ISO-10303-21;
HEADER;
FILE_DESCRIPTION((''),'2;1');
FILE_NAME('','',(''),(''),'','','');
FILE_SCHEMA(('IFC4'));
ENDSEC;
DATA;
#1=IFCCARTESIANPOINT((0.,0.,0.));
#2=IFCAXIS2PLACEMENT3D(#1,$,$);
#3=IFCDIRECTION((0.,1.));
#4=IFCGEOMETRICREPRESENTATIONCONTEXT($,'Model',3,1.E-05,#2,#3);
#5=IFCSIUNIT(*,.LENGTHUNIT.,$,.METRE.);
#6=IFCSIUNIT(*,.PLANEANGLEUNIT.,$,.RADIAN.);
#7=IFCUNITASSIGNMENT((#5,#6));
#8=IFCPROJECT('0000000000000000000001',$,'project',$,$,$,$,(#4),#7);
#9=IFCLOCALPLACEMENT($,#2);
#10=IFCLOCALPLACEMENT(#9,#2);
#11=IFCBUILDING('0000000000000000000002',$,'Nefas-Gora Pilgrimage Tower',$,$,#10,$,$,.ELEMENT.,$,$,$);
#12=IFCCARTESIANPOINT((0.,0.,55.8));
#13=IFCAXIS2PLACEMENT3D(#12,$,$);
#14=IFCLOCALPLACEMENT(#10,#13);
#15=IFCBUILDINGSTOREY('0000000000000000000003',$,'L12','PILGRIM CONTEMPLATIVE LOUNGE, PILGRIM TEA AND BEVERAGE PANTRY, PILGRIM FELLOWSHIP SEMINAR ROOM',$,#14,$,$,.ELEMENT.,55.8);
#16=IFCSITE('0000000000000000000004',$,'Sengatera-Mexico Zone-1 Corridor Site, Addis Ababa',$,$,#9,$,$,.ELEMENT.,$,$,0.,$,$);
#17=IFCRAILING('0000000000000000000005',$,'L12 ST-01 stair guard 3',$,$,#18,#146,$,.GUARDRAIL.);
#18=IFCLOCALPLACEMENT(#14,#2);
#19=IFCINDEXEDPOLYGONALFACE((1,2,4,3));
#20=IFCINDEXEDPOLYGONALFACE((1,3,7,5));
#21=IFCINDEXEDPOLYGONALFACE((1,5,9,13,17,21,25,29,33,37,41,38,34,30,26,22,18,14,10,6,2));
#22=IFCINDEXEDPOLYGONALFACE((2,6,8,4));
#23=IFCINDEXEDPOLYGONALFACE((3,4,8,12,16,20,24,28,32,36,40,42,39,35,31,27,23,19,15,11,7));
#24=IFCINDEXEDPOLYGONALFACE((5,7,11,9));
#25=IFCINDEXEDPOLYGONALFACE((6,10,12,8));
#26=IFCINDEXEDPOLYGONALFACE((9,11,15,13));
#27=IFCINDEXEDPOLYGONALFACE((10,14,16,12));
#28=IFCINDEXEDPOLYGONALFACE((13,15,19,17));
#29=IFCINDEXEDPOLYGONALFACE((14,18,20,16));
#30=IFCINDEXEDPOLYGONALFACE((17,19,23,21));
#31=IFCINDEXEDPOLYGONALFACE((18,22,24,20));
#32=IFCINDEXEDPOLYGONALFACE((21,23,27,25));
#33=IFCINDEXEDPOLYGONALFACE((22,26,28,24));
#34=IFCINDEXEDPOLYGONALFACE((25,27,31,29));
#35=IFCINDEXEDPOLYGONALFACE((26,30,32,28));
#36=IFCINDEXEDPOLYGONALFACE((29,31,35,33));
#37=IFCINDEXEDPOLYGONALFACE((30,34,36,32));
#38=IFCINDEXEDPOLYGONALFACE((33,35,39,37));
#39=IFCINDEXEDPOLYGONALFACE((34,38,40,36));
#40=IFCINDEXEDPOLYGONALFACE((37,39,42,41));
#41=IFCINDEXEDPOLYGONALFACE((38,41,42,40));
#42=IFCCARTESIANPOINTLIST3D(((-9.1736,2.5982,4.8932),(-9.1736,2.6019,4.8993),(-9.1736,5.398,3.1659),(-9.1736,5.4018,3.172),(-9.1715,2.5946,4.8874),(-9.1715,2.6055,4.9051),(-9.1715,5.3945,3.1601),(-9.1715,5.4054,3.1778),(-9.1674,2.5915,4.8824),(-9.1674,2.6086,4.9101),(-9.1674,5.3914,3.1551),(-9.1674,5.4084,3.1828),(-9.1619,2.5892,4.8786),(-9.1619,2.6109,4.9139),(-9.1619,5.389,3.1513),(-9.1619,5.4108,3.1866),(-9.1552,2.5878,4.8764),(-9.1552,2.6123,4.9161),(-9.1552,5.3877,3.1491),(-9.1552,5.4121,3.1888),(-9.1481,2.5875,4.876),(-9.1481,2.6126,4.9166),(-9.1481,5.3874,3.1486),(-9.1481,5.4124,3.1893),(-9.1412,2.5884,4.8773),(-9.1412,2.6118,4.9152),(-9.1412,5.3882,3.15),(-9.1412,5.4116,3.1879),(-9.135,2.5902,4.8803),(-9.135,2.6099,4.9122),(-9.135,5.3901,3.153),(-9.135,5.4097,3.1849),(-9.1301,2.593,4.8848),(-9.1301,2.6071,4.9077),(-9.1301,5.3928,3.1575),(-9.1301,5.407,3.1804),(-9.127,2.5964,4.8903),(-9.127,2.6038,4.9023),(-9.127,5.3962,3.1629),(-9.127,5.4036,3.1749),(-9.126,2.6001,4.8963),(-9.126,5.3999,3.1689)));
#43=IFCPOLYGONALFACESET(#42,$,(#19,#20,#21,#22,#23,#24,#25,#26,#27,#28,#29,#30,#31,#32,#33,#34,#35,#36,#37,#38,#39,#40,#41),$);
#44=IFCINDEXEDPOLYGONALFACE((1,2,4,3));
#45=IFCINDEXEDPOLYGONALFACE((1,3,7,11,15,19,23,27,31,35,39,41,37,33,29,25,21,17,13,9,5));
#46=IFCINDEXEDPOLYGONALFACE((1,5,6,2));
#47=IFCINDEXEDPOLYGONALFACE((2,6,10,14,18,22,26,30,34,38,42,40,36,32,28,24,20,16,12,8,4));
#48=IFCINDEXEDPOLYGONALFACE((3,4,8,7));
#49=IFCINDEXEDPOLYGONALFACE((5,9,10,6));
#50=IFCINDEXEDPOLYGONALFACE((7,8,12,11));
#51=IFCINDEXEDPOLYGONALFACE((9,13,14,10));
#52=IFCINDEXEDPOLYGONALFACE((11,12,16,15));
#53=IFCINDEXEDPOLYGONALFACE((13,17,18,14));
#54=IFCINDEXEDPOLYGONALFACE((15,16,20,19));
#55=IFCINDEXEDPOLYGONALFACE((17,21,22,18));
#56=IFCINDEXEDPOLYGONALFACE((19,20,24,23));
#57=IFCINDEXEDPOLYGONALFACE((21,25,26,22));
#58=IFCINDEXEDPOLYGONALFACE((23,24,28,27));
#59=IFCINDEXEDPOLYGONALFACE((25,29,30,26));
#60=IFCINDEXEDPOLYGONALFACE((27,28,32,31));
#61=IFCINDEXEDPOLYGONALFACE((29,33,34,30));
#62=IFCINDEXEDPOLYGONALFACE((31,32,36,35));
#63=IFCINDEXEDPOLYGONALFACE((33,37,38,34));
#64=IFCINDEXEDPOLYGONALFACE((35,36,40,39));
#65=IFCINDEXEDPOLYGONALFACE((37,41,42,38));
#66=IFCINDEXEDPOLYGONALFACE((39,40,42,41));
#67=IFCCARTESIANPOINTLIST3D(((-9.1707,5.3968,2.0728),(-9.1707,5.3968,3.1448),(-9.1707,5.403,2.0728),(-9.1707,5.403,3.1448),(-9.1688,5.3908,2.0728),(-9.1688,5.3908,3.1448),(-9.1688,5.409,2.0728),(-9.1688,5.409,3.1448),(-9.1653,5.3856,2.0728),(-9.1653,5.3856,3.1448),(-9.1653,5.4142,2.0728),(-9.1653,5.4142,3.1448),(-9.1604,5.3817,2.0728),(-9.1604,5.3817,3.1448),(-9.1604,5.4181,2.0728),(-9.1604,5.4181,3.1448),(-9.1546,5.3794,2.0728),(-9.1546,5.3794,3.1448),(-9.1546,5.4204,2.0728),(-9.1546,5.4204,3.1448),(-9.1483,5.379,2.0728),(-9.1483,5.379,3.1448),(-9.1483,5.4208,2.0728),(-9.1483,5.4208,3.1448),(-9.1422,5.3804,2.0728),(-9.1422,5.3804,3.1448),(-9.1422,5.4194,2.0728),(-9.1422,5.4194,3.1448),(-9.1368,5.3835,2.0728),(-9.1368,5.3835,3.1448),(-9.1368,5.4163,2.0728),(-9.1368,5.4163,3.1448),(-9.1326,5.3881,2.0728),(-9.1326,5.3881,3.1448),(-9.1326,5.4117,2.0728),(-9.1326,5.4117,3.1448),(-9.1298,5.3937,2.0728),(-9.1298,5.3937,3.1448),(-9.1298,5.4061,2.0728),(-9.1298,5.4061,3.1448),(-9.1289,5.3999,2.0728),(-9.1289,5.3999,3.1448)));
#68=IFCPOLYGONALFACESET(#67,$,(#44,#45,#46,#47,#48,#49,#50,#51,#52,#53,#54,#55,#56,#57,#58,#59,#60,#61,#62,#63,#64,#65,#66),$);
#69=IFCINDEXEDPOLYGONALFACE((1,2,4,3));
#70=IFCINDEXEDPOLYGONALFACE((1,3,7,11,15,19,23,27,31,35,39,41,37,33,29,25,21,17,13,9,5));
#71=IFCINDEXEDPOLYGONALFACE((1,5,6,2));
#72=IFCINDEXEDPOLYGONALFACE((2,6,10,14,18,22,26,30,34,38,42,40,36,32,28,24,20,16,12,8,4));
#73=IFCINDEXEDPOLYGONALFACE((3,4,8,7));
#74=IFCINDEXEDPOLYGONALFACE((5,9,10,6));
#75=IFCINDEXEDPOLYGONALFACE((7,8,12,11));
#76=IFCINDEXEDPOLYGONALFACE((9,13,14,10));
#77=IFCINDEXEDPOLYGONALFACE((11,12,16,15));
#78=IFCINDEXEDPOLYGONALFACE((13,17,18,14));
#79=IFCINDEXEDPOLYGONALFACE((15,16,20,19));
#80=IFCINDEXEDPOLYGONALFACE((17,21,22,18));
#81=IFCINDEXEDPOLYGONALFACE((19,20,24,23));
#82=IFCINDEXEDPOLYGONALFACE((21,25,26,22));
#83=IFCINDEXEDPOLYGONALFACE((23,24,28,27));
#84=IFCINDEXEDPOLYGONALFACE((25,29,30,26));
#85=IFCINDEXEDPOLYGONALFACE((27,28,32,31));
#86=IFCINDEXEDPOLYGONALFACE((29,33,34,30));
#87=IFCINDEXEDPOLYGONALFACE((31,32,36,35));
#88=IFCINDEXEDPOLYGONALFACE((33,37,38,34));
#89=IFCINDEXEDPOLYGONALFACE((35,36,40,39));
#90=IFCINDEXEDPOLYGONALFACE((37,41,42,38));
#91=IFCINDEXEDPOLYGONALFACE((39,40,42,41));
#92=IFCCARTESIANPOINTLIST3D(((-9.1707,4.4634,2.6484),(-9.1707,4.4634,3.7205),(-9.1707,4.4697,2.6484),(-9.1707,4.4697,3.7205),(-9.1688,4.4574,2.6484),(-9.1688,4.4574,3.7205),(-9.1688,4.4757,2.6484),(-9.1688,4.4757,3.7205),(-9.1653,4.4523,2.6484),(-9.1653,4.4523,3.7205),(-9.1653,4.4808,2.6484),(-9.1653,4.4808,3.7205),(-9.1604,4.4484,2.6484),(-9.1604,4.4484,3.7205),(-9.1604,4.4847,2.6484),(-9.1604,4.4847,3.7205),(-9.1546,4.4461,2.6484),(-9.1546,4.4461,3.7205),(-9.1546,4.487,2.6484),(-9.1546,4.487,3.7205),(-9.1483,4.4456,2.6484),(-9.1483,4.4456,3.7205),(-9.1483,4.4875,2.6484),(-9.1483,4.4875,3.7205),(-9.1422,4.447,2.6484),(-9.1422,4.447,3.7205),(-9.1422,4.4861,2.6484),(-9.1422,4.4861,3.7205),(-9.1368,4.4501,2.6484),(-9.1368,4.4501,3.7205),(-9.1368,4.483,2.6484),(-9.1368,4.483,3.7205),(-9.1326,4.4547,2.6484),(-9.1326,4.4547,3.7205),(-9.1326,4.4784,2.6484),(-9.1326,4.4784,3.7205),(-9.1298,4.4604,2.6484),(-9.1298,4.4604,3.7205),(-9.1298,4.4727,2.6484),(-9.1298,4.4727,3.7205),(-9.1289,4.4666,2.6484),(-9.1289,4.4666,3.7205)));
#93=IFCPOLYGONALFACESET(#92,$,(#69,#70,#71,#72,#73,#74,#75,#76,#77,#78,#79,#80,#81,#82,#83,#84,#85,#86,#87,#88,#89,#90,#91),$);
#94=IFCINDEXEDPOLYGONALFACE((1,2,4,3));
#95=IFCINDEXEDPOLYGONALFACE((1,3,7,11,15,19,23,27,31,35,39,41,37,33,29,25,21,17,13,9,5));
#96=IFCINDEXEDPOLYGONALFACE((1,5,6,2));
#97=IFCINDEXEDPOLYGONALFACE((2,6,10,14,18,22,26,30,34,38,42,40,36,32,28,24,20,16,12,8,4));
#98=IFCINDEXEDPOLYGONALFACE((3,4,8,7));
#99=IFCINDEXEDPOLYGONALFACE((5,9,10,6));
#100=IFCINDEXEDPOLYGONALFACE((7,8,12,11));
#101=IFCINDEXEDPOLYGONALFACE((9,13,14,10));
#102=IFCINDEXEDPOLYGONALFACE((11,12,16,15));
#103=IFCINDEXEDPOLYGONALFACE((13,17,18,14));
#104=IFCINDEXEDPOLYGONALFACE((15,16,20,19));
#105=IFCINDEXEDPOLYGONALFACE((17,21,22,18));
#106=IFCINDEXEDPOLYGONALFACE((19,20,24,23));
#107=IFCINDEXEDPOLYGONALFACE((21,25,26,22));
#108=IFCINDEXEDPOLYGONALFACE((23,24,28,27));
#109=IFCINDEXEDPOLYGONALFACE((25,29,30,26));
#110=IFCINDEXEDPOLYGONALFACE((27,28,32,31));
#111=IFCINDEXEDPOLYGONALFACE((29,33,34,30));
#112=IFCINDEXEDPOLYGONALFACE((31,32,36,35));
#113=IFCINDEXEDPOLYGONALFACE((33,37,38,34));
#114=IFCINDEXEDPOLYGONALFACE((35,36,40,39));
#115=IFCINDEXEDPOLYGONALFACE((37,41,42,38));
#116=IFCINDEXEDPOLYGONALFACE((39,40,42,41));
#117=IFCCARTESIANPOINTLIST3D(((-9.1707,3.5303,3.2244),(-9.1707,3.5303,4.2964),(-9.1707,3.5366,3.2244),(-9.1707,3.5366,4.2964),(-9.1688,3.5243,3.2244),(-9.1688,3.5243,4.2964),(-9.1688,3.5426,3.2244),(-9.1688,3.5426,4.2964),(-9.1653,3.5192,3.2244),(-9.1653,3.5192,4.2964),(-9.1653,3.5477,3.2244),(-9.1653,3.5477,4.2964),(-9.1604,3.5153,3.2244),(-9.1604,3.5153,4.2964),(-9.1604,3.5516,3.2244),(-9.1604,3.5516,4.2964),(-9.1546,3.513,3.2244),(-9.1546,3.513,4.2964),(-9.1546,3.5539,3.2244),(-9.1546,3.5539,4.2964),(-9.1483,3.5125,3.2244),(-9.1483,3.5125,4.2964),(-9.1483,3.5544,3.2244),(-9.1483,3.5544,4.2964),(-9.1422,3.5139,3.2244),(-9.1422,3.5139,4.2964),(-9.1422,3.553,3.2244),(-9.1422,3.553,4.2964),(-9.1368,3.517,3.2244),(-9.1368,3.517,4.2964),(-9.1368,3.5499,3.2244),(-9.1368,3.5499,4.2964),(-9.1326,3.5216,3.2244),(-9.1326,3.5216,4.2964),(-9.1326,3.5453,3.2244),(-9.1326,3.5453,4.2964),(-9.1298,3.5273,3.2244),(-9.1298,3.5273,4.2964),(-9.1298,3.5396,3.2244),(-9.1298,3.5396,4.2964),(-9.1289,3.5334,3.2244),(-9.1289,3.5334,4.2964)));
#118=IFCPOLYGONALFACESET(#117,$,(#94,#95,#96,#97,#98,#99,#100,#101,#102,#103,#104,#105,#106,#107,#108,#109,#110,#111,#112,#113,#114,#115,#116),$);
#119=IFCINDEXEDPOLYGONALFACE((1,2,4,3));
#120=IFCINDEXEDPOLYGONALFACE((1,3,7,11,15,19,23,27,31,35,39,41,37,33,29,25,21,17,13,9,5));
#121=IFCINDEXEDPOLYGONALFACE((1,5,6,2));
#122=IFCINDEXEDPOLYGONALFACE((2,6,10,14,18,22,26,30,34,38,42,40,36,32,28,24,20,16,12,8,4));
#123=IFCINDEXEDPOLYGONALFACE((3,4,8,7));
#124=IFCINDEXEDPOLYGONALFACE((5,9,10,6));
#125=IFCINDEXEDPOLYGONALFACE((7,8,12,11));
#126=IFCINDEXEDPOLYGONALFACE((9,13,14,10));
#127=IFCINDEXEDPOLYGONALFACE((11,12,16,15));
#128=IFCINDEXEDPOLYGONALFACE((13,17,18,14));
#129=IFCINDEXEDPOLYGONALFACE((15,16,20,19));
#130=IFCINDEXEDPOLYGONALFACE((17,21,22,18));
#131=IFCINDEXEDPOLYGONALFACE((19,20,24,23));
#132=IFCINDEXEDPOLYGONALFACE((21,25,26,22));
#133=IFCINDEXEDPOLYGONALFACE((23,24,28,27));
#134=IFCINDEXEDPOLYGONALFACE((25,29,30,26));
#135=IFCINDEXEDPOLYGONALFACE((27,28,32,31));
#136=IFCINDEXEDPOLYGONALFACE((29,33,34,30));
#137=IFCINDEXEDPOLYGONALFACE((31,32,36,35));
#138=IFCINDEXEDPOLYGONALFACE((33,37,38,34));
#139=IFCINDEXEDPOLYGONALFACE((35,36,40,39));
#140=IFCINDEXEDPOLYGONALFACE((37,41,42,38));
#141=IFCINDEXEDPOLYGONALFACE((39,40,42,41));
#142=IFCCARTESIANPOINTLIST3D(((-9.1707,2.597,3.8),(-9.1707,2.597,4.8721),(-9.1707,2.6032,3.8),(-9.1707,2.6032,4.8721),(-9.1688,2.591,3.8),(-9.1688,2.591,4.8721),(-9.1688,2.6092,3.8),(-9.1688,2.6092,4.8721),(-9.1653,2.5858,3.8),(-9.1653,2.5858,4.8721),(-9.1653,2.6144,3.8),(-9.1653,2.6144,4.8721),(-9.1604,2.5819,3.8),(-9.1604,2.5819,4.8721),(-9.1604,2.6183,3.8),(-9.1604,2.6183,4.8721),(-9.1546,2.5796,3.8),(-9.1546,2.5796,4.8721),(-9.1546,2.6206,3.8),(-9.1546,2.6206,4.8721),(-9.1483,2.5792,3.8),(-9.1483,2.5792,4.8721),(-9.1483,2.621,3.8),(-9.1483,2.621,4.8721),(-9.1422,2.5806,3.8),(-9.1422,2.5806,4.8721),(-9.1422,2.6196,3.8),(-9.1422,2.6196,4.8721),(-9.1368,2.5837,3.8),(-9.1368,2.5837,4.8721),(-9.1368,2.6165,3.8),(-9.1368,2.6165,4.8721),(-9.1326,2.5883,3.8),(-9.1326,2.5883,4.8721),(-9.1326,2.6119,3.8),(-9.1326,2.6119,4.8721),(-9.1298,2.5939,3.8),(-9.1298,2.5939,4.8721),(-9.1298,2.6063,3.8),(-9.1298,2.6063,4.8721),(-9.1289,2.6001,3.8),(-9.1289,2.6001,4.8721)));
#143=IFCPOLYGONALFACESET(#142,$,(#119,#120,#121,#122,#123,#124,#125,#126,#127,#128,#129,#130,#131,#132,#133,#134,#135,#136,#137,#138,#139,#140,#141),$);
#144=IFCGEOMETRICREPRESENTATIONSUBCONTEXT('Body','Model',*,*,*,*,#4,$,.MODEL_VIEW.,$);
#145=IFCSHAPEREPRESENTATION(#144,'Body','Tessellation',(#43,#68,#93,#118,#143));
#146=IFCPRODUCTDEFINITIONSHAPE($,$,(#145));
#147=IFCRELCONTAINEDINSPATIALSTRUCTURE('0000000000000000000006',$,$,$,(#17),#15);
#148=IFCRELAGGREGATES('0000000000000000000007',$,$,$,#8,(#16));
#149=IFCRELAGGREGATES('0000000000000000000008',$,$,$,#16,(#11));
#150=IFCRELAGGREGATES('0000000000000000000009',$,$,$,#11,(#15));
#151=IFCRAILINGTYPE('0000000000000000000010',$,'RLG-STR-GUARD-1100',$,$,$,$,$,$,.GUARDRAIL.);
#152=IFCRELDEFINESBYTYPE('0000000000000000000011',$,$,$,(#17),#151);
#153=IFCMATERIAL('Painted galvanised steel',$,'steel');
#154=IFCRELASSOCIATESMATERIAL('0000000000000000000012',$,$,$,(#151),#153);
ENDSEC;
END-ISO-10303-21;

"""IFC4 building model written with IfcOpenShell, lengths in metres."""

from ifc_helpers import new_model, si_unit, direction, frame, origin, origin_2d, place, context, subcontext, project, spatial, circle, extrude, material, type_object, element, save


model = new_model("IFC4")

# Units and contexts
model_context = context("Model", 3, precision=1e-05, world=origin(), true_north=direction((0.0, 1.0)))
body_context = subcontext(model_context, "Body", "Model", "MODEL_VIEW")
ifc_project = project(units=[si_unit("LENGTHUNIT", "METRE"), si_unit("PLANEANGLEUNIT", "RADIAN")], contexts=[model_context])

# Site, building, storey
site_placement = place(None, origin())
site = spatial("IfcSite", under=ifc_project, at=site_placement, Name="Sengatera-Mexico Zone-1 Corridor Site, Addis Ababa", CompositionType="ELEMENT", RefElevation=0.0)
building_placement = place(site_placement, origin())
building = spatial("IfcBuilding", under=site, at=building_placement, Name="Nefas-Gora Pilgrimage Tower", CompositionType="ELEMENT")
storey_placement = place(building_placement, frame((0.0, 0.0, 55.8)))
storey = spatial("IfcBuildingStorey", under=building, at=storey_placement, Name="L12", Description="PILGRIM CONTEMPLATIVE LOUNGE, PILGRIM TEA AND BEVERAGE PANTRY, PILGRIM FELLOWSHIP SEMINAR ROOM", CompositionType="ELEMENT", Elevation=55.8)

# Railing
ifc_material_1 = material(Name="Painted galvanised steel", Category="steel")
railing_type_1 = type_object("IfcRailingType", Name="RLG-STR-GUARD-1100", PredefinedType="GUARDRAIL", material=ifc_material_1)
railing_1_placement = place(storey_placement, frame((-9.1499, 5.3999, 2.0728)))
element("IfcRailing", 1, at=railing_1_placement, inside=storey, type_object=railing_type_1, Name="L12 ST-01 stair guard 3", PredefinedType="GUARDRAIL", context=body_context, shape_type="SweptSolid", body=[
    extrude(circle(Radius=0.0239, at=origin_2d()), frame((0.0, 0.0, 1.0962), z_axis=(0.0, -0.851069, 0.525054), x_axis=(1.0, 0.0, 0.0)), (0.0, 0.0, 1.0), 3.2898),
    extrude(circle(Radius=0.021, at=origin_2d()), origin(), (0.0, 0.0, 1.0), 1.072),
    extrude(circle(Radius=0.021, at=origin_2d()), frame((0.0, -0.9333, 0.5757)), (0.0, 0.0, 1.0), 1.072),
    extrude(circle(Radius=0.021, at=origin_2d()), frame((0.0, -1.8665, 1.1516)), (0.0, 0.0, 1.0), 1.072),
    extrude(circle(Radius=0.021, at=origin_2d()), frame((0.0, -2.7998, 1.7273)), (0.0, 0.0, 1.0), 1.072),
])

save(model, "model.ifc")
